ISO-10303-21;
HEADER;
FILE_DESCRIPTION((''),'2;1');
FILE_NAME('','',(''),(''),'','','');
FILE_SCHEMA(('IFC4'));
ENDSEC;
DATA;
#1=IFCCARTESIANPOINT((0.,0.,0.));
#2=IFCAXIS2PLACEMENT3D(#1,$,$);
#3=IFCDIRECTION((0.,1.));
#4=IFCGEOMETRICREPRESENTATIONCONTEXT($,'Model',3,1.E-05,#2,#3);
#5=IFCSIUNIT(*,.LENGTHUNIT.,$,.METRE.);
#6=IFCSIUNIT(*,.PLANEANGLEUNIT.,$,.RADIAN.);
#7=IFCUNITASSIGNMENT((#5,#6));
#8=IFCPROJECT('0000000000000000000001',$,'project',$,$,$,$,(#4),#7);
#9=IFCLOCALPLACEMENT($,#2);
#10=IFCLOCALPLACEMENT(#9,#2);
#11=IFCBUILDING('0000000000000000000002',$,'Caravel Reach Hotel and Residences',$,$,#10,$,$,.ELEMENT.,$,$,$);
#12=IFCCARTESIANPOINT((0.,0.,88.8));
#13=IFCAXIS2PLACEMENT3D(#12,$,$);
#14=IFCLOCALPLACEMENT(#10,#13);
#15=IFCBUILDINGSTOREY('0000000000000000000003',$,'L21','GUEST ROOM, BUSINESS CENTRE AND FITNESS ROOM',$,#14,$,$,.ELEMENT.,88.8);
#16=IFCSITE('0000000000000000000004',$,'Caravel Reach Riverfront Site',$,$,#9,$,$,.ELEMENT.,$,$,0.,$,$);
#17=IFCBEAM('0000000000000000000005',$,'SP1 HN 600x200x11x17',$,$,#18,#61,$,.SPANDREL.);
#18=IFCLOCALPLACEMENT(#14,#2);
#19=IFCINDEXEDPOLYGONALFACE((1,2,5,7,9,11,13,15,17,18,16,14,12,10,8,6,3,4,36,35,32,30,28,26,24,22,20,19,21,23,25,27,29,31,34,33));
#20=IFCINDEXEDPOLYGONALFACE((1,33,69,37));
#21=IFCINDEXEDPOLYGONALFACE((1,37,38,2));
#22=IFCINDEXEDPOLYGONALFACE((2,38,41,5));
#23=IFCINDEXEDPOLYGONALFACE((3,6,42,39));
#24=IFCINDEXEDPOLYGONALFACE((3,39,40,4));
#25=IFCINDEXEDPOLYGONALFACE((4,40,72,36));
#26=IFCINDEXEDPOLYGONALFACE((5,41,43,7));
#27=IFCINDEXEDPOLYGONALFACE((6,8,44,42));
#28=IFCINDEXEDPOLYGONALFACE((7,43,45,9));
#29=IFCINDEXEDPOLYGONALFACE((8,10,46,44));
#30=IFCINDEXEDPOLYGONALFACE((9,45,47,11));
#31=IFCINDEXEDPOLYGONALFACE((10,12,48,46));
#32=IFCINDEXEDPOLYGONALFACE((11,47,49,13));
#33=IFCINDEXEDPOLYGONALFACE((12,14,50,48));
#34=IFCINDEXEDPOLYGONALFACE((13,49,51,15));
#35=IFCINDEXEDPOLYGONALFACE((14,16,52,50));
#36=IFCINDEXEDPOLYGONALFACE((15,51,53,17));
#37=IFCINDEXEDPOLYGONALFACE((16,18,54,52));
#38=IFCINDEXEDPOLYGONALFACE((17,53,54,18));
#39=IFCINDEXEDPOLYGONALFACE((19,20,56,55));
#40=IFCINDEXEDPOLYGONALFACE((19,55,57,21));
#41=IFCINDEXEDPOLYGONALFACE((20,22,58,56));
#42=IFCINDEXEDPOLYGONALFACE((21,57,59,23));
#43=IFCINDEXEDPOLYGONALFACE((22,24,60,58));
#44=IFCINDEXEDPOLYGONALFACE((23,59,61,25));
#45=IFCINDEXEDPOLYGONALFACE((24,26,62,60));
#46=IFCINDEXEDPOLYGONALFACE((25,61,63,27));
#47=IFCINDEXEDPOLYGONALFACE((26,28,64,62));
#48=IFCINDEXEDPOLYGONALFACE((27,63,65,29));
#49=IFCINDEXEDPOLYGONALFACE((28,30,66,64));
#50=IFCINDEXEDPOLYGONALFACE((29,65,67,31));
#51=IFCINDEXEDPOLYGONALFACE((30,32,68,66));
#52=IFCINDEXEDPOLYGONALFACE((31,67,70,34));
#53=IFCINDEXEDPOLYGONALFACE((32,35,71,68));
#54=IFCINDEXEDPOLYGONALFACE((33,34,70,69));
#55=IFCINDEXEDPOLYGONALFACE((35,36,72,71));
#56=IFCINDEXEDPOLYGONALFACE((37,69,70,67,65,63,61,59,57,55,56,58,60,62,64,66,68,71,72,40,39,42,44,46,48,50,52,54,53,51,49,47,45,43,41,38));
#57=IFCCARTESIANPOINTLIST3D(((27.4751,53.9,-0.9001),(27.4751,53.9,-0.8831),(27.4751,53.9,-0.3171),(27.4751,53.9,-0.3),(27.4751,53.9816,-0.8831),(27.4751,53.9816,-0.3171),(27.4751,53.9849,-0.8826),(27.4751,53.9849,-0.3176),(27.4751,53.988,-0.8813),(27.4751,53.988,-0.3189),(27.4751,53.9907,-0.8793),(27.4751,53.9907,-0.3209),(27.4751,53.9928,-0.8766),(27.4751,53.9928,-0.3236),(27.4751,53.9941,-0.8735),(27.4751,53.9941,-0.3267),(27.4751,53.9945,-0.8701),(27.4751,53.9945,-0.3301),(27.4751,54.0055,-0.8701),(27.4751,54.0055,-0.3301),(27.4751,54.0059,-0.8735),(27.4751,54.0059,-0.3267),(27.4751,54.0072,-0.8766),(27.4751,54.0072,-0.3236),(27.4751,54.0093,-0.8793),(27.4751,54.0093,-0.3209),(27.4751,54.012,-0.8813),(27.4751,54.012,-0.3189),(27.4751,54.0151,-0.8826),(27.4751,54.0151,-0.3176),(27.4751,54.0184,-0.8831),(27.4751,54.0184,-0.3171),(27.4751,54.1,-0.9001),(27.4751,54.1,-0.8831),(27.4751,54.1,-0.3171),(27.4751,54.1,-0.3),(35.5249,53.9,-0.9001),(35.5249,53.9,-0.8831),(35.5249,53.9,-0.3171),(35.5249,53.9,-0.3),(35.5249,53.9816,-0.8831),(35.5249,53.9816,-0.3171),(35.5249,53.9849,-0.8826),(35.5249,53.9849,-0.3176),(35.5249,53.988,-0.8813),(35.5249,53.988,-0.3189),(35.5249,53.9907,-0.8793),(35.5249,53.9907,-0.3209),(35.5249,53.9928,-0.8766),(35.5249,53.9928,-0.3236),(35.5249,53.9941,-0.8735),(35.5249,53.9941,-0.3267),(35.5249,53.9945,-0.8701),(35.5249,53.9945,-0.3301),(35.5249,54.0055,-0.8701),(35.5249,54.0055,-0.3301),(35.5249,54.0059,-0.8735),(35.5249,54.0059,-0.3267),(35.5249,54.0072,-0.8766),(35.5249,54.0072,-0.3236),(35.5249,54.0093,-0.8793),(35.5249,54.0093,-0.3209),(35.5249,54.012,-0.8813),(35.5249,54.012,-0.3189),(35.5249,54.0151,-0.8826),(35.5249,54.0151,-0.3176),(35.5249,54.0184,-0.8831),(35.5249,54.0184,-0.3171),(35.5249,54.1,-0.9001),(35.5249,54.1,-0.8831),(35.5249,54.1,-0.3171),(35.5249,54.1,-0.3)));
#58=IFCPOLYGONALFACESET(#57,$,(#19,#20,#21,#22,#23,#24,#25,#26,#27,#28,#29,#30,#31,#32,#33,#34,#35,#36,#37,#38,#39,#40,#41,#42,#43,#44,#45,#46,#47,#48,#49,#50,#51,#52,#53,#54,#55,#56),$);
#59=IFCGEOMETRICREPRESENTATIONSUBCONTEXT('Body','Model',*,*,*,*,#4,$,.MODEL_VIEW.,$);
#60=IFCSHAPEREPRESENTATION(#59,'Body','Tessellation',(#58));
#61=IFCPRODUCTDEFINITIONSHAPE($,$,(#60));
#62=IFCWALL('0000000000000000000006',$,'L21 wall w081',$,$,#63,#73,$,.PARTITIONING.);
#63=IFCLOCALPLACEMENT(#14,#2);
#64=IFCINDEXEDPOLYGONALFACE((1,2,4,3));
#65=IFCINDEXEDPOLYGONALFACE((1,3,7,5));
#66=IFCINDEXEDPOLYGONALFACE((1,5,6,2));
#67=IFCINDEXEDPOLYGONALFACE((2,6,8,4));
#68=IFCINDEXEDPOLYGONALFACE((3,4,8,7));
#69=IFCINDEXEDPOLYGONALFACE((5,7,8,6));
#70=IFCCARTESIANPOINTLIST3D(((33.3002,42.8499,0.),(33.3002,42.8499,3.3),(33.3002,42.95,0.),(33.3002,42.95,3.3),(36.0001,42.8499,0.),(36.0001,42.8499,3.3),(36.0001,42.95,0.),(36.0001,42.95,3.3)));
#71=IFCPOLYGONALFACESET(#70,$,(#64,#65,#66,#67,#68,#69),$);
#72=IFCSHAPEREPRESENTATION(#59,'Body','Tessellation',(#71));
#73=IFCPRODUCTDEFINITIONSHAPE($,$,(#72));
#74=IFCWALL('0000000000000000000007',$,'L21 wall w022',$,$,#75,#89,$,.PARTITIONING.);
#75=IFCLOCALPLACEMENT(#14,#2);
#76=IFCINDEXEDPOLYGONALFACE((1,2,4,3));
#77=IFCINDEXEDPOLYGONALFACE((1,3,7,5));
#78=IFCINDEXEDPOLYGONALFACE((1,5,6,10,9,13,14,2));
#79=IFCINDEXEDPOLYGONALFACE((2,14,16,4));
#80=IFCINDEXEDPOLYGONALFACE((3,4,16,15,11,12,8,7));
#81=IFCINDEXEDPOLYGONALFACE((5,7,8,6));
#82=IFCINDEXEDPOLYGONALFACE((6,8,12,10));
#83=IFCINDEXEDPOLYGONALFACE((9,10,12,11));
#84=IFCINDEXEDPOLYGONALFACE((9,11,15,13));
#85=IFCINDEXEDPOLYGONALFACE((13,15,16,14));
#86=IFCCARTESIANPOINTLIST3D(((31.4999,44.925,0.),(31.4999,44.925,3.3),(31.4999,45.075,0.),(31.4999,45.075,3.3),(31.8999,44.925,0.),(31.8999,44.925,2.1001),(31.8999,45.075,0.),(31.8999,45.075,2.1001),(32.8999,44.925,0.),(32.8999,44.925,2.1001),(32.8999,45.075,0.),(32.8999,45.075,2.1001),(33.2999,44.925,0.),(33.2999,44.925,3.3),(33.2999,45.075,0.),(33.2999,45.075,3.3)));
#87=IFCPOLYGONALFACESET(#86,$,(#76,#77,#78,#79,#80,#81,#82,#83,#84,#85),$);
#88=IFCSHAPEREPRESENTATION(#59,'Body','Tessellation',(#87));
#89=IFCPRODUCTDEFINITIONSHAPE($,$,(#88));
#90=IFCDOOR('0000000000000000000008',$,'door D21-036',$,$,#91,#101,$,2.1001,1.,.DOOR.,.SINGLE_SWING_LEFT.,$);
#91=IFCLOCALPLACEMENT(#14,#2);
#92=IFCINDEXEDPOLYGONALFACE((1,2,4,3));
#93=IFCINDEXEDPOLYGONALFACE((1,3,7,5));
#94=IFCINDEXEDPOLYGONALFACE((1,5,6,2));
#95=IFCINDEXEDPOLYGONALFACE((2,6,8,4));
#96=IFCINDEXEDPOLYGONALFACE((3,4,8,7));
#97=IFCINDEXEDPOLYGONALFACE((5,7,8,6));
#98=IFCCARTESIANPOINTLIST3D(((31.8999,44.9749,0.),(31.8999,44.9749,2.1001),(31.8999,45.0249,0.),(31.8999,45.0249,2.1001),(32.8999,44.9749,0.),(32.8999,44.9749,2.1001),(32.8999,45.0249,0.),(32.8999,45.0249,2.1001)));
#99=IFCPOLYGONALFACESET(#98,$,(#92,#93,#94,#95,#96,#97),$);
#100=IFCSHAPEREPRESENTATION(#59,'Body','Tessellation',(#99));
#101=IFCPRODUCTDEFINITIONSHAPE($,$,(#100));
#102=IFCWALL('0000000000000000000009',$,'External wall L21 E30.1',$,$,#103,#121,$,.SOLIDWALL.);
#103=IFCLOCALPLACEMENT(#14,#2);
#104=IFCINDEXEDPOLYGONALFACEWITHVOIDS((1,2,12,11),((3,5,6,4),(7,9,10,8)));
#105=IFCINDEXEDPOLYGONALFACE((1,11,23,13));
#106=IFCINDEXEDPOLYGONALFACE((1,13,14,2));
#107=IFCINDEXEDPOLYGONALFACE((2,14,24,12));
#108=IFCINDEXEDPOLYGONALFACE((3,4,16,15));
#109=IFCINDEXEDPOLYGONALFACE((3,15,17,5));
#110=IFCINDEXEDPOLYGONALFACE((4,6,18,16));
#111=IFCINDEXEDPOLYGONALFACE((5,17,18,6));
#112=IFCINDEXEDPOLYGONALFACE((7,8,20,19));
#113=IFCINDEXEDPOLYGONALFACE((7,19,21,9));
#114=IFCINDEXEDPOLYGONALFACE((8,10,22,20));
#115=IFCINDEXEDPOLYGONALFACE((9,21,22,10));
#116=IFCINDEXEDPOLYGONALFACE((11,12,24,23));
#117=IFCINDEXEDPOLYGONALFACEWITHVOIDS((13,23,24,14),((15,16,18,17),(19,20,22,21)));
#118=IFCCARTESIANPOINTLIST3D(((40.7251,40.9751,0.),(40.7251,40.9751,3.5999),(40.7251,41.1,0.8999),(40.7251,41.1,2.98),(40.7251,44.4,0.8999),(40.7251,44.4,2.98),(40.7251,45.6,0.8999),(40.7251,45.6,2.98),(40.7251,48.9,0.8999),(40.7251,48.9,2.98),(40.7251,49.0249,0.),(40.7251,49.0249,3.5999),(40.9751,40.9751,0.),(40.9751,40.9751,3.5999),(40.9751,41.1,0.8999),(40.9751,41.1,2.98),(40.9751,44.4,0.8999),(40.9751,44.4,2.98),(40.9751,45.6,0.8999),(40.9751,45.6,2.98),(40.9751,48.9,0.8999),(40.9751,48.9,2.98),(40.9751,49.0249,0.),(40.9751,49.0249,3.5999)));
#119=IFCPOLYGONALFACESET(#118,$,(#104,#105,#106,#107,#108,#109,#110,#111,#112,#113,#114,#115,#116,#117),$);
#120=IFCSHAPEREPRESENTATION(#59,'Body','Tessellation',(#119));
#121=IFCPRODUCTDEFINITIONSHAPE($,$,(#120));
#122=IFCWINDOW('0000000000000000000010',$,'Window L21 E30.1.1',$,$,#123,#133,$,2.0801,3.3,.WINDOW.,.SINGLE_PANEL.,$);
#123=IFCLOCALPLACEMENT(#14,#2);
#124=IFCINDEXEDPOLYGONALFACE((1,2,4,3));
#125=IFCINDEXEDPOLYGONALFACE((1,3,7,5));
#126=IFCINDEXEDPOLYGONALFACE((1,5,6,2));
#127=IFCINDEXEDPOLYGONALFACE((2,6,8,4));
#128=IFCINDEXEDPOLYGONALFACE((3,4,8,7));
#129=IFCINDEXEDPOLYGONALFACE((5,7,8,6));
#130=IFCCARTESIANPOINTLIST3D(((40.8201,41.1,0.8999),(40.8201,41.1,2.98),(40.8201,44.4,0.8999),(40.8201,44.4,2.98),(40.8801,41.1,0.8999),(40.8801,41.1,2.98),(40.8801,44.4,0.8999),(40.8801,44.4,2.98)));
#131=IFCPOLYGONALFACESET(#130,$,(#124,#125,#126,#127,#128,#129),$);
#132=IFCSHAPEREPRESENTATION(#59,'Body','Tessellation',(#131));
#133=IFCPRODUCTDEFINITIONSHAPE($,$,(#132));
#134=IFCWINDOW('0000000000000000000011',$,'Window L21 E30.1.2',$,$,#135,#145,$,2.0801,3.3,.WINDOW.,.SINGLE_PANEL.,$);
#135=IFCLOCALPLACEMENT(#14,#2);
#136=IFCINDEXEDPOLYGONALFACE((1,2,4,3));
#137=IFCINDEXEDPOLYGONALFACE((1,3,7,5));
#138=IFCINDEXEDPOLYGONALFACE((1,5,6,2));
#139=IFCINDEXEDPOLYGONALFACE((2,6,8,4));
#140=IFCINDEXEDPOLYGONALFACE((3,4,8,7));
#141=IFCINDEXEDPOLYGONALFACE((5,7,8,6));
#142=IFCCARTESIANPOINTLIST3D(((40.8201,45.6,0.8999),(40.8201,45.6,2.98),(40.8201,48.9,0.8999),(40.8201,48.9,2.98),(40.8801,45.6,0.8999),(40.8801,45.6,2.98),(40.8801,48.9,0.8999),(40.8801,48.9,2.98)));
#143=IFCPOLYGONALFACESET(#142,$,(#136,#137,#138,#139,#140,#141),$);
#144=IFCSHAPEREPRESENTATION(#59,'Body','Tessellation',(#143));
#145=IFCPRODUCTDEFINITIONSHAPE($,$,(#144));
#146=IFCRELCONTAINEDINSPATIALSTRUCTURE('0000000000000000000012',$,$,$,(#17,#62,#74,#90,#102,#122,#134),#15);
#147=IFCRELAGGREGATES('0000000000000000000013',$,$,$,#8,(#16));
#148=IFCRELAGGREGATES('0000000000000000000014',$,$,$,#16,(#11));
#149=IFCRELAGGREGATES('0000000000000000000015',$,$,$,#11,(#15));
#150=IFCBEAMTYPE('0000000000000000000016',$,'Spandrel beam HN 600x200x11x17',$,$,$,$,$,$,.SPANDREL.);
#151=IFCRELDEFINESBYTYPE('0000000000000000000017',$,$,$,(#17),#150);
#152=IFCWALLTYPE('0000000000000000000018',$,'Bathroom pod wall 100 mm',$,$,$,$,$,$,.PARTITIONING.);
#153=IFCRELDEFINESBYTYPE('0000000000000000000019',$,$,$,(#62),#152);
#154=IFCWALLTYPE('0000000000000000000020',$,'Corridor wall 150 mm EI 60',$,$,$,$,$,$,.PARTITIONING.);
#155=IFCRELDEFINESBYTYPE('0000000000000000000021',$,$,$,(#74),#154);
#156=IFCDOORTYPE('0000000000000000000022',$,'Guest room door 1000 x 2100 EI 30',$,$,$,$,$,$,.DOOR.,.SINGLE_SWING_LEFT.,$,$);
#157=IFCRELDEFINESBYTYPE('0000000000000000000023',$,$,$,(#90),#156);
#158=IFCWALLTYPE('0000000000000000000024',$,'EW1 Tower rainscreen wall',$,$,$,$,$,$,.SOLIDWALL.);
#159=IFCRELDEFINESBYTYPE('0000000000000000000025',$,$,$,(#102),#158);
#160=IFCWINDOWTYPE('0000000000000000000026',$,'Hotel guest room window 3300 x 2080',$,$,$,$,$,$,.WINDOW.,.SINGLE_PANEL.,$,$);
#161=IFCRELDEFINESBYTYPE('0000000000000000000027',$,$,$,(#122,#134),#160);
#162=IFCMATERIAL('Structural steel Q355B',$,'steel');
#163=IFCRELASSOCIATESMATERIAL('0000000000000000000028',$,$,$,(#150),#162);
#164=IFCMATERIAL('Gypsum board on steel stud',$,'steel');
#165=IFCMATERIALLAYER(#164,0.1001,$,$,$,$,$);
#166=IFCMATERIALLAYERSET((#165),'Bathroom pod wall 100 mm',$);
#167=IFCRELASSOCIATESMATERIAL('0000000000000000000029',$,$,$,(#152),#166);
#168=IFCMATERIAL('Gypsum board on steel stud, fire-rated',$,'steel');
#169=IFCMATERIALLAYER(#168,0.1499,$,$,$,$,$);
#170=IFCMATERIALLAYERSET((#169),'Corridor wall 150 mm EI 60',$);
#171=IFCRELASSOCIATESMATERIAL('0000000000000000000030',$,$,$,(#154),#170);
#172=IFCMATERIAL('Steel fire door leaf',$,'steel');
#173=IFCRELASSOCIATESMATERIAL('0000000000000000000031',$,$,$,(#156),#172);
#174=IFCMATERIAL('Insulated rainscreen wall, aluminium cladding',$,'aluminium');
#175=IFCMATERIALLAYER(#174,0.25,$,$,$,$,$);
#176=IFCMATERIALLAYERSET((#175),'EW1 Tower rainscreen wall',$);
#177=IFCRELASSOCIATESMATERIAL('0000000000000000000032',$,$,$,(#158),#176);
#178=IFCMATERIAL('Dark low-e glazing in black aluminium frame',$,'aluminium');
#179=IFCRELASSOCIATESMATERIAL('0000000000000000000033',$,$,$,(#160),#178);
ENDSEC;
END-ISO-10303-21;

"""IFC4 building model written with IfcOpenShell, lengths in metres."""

from ifc_helpers import new_model, si_unit, direction, frame, frame_2d, origin, origin_2d, place, context, subcontext, project, spatial, rectangle, i_section, extrude, material, layer, layer_set, material_profile, profile_set, type_object, element, fill, save


model = new_model("IFC4")

# Units and contexts
model_context = context("Model", 3, precision=1e-05, world=origin(), true_north=direction((0.0, 1.0)))
body_context = subcontext(model_context, "Body", "Model", "MODEL_VIEW")
ifc_project = project(units=[si_unit("LENGTHUNIT", "METRE"), si_unit("PLANEANGLEUNIT", "RADIAN")], contexts=[model_context])

# Site, building, storey
site_placement = place(None, origin())
site = spatial("IfcSite", under=ifc_project, at=site_placement, Name="Caravel Reach Riverfront Site", CompositionType="ELEMENT", RefElevation=0.0)
building_placement = place(site_placement, origin())
building = spatial("IfcBuilding", under=site, at=building_placement, Name="Caravel Reach Hotel and Residences", CompositionType="ELEMENT")
storey_placement = place(building_placement, frame((0.0, 0.0, 88.8)))
storey = spatial("IfcBuildingStorey", under=building, at=storey_placement, Name="L21", Description="GUEST ROOM, BUSINESS CENTRE AND FITNESS ROOM", CompositionType="ELEMENT", Elevation=88.8)

# Beam
ifc_material_1 = material(Name="Structural steel Q355B", Category="steel")
ifc_material_profile_1 = material_profile(ifc_material_1, i_section(OverallWidth=0.2, OverallDepth=0.6001, WebThickness=0.011, FlangeThickness=0.0171, FilletRadius=0.0129, at=origin_2d()), Name="HN 600x200x11x17")
ifc_profile_set_1 = profile_set([ifc_material_profile_1], Name="Structural steel Q355B")
beam_type_1 = type_object("IfcBeamType", Name="Spandrel beam HN 600x200x11x17", PredefinedType="SPANDREL", material=ifc_profile_set_1)
beam_1_placement = place(storey_placement, frame((35.5249, 54.0, -0.6001), z_axis=(-1.0, 0.0, 0.0), x_axis=(0.0, -1.0, 0.0)))
element("IfcBeam", 1, at=beam_1_placement, inside=storey, type_object=beam_type_1, Name="SP1 HN 600x200x11x17", PredefinedType="SPANDREL", context=body_context, shape_type="SweptSolid", body=[
    extrude(i_section(OverallWidth=0.2, OverallDepth=0.6001, WebThickness=0.011, FlangeThickness=0.0171, FilletRadius=0.0129, at=origin_2d()), origin(), (0.0, 0.0, 1.0), 8.0498),
])

# Wall
ifc_material_2 = material(Name="Gypsum board on steel stud", Category="steel")
ifc_layer_1 = layer(ifc_material_2, 0.1001)
ifc_layer_set_1 = layer_set([ifc_layer_1], Name="Bathroom pod wall 100 mm")
wall_type_1 = type_object("IfcWallType", Name="Bathroom pod wall 100 mm", PredefinedType="PARTITIONING", material=ifc_layer_set_1)
wall_1_placement = place(storey_placement, frame((33.3, 42.8999, 0.0), z_axis=(0.0, 0.0, 1.0), x_axis=(1.0, 0.0, 0.0)))
element("IfcWall", 2, at=wall_1_placement, inside=storey, type_object=wall_type_1, Name="L21 wall w081", PredefinedType="PARTITIONING", context=body_context, shape_type="SweptSolid", body=[
    extrude(rectangle(XDim=2.7, YDim=0.1001, at=frame_2d((1.3501, 0.0))), origin(), (0.0, 0.0, 1.0), 3.3),
])

# Wall, opening, door
ifc_material_3 = material(Name="Gypsum board on steel stud, fire-rated", Category="steel")
ifc_layer_2 = layer(ifc_material_3, 0.1499)
ifc_layer_set_2 = layer_set([ifc_layer_2], Name="Corridor wall 150 mm EI 60")
wall_type_2 = type_object("IfcWallType", Name="Corridor wall 150 mm EI 60", PredefinedType="PARTITIONING", material=ifc_layer_set_2)
wall_2_placement = place(storey_placement, frame((31.5, 45.0, 0.0), z_axis=(0.0, 0.0, 1.0), x_axis=(1.0, 0.0, 0.0)))
wall_2 = element("IfcWall", 3, at=wall_2_placement, inside=storey, type_object=wall_type_2, Name="L21 wall w022", PredefinedType="PARTITIONING", context=body_context, shape_type="SweptSolid", body=[
    extrude(rectangle(XDim=1.8, YDim=0.1499, at=frame_2d((0.8999, 0.0))), origin(), (0.0, 0.0, 1.0), 3.3),
])
opening_1_placement = place(wall_2_placement, frame((0.3999, 0.0, 0.0)))
opening_1 = element("IfcOpeningElement", 4, at=opening_1_placement, cuts=wall_2, PredefinedType="OPENING", context=body_context, shape_type="SweptSolid", body=[
    extrude(rectangle(XDim=1.0, YDim=2.1001, at=frame_2d((0.5, 1.05))), frame((0.0, 0.085, 0.0), z_axis=(0.0, -1.0, 0.0), x_axis=(1.0, 0.0, 0.0)), (0.0, 0.0, 1.0), 0.1699),
])
ifc_material_4 = material(Name="Steel fire door leaf", Category="steel")
door_type = type_object("IfcDoorType", Name="Guest room door 1000 x 2100 EI 30", OperationType="SINGLE_SWING_LEFT", PredefinedType="DOOR", material=ifc_material_4)
door_placement = place(opening_1_placement, origin())
door = element("IfcDoor", 5, at=door_placement, inside=storey, type_object=door_type, Name="door D21-036", OperationType="SINGLE_SWING_LEFT", OverallHeight=2.1001, OverallWidth=1.0, PredefinedType="DOOR", context=body_context, shape_type="SweptSolid", body=[
    extrude(rectangle(XDim=1.0, YDim=2.1001, at=frame_2d((0.5, 1.05))), frame((0.0, 0.0249, 0.0), z_axis=(0.0, -1.0, 0.0), x_axis=(1.0, 0.0, 0.0)), (0.0, 0.0, 1.0), 0.05),
])
fill(opening_1, door)

# Wall, openings, windows
ifc_material_5 = material(Name="Insulated rainscreen wall, aluminium cladding", Category="aluminium")
ifc_layer_3 = layer(ifc_material_5, 0.25)
ifc_layer_set_3 = layer_set([ifc_layer_3], Name="EW1 Tower rainscreen wall")
wall_type_3 = type_object("IfcWallType", Name="EW1 Tower rainscreen wall", PredefinedType="SOLIDWALL", material=ifc_layer_set_3)
wall_3_placement = place(storey_placement, frame((40.8501, 40.9751, 0.0), z_axis=(0.0, 0.0, 1.0), x_axis=(0.0, 1.0, 0.0)))
wall_3 = element("IfcWall", 6, at=wall_3_placement, inside=storey, type_object=wall_type_3, Name="External wall L21 E30.1", PredefinedType="SOLIDWALL", context=body_context, shape_type="SweptSolid", body=[
    extrude(rectangle(XDim=8.0498, YDim=0.25, at=frame_2d((4.0249, 0.0))), origin(), (0.0, 0.0, 1.0), 3.5999),
])
opening_2_placement = place(wall_3_placement, frame((0.125, 0.0, 0.8999)))
opening_2 = element("IfcOpeningElement", 7, at=opening_2_placement, cuts=wall_3, PredefinedType="OPENING", context=body_context, shape_type="SweptSolid", body=[
    extrude(rectangle(XDim=3.3, YDim=2.0801, at=frame_2d((1.6499, 1.04))), frame((0.0, 0.135, 0.0), z_axis=(0.0, -1.0, 0.0), x_axis=(1.0, 0.0, 0.0)), (0.0, 0.0, 1.0), 0.27),
])
opening_3_placement = place(wall_3_placement, frame((4.625, 0.0, 0.8999)))
opening_3 = element("IfcOpeningElement", 8, at=opening_3_placement, cuts=wall_3, PredefinedType="OPENING", context=body_context, shape_type="SweptSolid", body=[
    extrude(rectangle(XDim=3.3, YDim=2.0801, at=frame_2d((1.6499, 1.04))), frame((0.0, 0.135, 0.0), z_axis=(0.0, -1.0, 0.0), x_axis=(1.0, 0.0, 0.0)), (0.0, 0.0, 1.0), 0.27),
])
ifc_material_6 = material(Name="Dark low-e glazing in black aluminium frame", Category="aluminium")
window_type_1 = type_object("IfcWindowType", Name="Hotel guest room window 3300 x 2080", PartitioningType="SINGLE_PANEL", PredefinedType="WINDOW", material=ifc_material_6)
window_1_placement = place(opening_2_placement, origin())
window_1 = element("IfcWindow", 9, at=window_1_placement, inside=storey, type_object=window_type_1, Name="Window L21 E30.1.1", OverallHeight=2.0801, OverallWidth=3.3, PartitioningType="SINGLE_PANEL", PredefinedType="WINDOW", context=body_context, shape_type="SweptSolid", body=[
    extrude(rectangle(XDim=3.3, YDim=2.0801, at=frame_2d((1.6499, 1.04))), frame((0.0, 0.03, 0.0), z_axis=(0.0, -1.0, 0.0), x_axis=(1.0, 0.0, 0.0)), (0.0, 0.0, 1.0), 0.0601),
])
fill(opening_2, window_1)
window_2_placement = place(opening_3_placement, origin())
window_2 = element("IfcWindow", 10, at=window_2_placement, inside=storey, type_object=window_type_1, Name="Window L21 E30.1.2", OverallHeight=2.0801, OverallWidth=3.3, PartitioningType="SINGLE_PANEL", PredefinedType="WINDOW", context=body_context, shape_type="SweptSolid", body=[
    extrude(rectangle(XDim=3.3, YDim=2.0801, at=frame_2d((1.6499, 1.04))), frame((0.0, 0.03, 0.0), z_axis=(0.0, -1.0, 0.0), x_axis=(1.0, 0.0, 0.0)), (0.0, 0.0, 1.0), 0.0601),
])
fill(opening_3, window_2)

save(model, "model.ifc")
